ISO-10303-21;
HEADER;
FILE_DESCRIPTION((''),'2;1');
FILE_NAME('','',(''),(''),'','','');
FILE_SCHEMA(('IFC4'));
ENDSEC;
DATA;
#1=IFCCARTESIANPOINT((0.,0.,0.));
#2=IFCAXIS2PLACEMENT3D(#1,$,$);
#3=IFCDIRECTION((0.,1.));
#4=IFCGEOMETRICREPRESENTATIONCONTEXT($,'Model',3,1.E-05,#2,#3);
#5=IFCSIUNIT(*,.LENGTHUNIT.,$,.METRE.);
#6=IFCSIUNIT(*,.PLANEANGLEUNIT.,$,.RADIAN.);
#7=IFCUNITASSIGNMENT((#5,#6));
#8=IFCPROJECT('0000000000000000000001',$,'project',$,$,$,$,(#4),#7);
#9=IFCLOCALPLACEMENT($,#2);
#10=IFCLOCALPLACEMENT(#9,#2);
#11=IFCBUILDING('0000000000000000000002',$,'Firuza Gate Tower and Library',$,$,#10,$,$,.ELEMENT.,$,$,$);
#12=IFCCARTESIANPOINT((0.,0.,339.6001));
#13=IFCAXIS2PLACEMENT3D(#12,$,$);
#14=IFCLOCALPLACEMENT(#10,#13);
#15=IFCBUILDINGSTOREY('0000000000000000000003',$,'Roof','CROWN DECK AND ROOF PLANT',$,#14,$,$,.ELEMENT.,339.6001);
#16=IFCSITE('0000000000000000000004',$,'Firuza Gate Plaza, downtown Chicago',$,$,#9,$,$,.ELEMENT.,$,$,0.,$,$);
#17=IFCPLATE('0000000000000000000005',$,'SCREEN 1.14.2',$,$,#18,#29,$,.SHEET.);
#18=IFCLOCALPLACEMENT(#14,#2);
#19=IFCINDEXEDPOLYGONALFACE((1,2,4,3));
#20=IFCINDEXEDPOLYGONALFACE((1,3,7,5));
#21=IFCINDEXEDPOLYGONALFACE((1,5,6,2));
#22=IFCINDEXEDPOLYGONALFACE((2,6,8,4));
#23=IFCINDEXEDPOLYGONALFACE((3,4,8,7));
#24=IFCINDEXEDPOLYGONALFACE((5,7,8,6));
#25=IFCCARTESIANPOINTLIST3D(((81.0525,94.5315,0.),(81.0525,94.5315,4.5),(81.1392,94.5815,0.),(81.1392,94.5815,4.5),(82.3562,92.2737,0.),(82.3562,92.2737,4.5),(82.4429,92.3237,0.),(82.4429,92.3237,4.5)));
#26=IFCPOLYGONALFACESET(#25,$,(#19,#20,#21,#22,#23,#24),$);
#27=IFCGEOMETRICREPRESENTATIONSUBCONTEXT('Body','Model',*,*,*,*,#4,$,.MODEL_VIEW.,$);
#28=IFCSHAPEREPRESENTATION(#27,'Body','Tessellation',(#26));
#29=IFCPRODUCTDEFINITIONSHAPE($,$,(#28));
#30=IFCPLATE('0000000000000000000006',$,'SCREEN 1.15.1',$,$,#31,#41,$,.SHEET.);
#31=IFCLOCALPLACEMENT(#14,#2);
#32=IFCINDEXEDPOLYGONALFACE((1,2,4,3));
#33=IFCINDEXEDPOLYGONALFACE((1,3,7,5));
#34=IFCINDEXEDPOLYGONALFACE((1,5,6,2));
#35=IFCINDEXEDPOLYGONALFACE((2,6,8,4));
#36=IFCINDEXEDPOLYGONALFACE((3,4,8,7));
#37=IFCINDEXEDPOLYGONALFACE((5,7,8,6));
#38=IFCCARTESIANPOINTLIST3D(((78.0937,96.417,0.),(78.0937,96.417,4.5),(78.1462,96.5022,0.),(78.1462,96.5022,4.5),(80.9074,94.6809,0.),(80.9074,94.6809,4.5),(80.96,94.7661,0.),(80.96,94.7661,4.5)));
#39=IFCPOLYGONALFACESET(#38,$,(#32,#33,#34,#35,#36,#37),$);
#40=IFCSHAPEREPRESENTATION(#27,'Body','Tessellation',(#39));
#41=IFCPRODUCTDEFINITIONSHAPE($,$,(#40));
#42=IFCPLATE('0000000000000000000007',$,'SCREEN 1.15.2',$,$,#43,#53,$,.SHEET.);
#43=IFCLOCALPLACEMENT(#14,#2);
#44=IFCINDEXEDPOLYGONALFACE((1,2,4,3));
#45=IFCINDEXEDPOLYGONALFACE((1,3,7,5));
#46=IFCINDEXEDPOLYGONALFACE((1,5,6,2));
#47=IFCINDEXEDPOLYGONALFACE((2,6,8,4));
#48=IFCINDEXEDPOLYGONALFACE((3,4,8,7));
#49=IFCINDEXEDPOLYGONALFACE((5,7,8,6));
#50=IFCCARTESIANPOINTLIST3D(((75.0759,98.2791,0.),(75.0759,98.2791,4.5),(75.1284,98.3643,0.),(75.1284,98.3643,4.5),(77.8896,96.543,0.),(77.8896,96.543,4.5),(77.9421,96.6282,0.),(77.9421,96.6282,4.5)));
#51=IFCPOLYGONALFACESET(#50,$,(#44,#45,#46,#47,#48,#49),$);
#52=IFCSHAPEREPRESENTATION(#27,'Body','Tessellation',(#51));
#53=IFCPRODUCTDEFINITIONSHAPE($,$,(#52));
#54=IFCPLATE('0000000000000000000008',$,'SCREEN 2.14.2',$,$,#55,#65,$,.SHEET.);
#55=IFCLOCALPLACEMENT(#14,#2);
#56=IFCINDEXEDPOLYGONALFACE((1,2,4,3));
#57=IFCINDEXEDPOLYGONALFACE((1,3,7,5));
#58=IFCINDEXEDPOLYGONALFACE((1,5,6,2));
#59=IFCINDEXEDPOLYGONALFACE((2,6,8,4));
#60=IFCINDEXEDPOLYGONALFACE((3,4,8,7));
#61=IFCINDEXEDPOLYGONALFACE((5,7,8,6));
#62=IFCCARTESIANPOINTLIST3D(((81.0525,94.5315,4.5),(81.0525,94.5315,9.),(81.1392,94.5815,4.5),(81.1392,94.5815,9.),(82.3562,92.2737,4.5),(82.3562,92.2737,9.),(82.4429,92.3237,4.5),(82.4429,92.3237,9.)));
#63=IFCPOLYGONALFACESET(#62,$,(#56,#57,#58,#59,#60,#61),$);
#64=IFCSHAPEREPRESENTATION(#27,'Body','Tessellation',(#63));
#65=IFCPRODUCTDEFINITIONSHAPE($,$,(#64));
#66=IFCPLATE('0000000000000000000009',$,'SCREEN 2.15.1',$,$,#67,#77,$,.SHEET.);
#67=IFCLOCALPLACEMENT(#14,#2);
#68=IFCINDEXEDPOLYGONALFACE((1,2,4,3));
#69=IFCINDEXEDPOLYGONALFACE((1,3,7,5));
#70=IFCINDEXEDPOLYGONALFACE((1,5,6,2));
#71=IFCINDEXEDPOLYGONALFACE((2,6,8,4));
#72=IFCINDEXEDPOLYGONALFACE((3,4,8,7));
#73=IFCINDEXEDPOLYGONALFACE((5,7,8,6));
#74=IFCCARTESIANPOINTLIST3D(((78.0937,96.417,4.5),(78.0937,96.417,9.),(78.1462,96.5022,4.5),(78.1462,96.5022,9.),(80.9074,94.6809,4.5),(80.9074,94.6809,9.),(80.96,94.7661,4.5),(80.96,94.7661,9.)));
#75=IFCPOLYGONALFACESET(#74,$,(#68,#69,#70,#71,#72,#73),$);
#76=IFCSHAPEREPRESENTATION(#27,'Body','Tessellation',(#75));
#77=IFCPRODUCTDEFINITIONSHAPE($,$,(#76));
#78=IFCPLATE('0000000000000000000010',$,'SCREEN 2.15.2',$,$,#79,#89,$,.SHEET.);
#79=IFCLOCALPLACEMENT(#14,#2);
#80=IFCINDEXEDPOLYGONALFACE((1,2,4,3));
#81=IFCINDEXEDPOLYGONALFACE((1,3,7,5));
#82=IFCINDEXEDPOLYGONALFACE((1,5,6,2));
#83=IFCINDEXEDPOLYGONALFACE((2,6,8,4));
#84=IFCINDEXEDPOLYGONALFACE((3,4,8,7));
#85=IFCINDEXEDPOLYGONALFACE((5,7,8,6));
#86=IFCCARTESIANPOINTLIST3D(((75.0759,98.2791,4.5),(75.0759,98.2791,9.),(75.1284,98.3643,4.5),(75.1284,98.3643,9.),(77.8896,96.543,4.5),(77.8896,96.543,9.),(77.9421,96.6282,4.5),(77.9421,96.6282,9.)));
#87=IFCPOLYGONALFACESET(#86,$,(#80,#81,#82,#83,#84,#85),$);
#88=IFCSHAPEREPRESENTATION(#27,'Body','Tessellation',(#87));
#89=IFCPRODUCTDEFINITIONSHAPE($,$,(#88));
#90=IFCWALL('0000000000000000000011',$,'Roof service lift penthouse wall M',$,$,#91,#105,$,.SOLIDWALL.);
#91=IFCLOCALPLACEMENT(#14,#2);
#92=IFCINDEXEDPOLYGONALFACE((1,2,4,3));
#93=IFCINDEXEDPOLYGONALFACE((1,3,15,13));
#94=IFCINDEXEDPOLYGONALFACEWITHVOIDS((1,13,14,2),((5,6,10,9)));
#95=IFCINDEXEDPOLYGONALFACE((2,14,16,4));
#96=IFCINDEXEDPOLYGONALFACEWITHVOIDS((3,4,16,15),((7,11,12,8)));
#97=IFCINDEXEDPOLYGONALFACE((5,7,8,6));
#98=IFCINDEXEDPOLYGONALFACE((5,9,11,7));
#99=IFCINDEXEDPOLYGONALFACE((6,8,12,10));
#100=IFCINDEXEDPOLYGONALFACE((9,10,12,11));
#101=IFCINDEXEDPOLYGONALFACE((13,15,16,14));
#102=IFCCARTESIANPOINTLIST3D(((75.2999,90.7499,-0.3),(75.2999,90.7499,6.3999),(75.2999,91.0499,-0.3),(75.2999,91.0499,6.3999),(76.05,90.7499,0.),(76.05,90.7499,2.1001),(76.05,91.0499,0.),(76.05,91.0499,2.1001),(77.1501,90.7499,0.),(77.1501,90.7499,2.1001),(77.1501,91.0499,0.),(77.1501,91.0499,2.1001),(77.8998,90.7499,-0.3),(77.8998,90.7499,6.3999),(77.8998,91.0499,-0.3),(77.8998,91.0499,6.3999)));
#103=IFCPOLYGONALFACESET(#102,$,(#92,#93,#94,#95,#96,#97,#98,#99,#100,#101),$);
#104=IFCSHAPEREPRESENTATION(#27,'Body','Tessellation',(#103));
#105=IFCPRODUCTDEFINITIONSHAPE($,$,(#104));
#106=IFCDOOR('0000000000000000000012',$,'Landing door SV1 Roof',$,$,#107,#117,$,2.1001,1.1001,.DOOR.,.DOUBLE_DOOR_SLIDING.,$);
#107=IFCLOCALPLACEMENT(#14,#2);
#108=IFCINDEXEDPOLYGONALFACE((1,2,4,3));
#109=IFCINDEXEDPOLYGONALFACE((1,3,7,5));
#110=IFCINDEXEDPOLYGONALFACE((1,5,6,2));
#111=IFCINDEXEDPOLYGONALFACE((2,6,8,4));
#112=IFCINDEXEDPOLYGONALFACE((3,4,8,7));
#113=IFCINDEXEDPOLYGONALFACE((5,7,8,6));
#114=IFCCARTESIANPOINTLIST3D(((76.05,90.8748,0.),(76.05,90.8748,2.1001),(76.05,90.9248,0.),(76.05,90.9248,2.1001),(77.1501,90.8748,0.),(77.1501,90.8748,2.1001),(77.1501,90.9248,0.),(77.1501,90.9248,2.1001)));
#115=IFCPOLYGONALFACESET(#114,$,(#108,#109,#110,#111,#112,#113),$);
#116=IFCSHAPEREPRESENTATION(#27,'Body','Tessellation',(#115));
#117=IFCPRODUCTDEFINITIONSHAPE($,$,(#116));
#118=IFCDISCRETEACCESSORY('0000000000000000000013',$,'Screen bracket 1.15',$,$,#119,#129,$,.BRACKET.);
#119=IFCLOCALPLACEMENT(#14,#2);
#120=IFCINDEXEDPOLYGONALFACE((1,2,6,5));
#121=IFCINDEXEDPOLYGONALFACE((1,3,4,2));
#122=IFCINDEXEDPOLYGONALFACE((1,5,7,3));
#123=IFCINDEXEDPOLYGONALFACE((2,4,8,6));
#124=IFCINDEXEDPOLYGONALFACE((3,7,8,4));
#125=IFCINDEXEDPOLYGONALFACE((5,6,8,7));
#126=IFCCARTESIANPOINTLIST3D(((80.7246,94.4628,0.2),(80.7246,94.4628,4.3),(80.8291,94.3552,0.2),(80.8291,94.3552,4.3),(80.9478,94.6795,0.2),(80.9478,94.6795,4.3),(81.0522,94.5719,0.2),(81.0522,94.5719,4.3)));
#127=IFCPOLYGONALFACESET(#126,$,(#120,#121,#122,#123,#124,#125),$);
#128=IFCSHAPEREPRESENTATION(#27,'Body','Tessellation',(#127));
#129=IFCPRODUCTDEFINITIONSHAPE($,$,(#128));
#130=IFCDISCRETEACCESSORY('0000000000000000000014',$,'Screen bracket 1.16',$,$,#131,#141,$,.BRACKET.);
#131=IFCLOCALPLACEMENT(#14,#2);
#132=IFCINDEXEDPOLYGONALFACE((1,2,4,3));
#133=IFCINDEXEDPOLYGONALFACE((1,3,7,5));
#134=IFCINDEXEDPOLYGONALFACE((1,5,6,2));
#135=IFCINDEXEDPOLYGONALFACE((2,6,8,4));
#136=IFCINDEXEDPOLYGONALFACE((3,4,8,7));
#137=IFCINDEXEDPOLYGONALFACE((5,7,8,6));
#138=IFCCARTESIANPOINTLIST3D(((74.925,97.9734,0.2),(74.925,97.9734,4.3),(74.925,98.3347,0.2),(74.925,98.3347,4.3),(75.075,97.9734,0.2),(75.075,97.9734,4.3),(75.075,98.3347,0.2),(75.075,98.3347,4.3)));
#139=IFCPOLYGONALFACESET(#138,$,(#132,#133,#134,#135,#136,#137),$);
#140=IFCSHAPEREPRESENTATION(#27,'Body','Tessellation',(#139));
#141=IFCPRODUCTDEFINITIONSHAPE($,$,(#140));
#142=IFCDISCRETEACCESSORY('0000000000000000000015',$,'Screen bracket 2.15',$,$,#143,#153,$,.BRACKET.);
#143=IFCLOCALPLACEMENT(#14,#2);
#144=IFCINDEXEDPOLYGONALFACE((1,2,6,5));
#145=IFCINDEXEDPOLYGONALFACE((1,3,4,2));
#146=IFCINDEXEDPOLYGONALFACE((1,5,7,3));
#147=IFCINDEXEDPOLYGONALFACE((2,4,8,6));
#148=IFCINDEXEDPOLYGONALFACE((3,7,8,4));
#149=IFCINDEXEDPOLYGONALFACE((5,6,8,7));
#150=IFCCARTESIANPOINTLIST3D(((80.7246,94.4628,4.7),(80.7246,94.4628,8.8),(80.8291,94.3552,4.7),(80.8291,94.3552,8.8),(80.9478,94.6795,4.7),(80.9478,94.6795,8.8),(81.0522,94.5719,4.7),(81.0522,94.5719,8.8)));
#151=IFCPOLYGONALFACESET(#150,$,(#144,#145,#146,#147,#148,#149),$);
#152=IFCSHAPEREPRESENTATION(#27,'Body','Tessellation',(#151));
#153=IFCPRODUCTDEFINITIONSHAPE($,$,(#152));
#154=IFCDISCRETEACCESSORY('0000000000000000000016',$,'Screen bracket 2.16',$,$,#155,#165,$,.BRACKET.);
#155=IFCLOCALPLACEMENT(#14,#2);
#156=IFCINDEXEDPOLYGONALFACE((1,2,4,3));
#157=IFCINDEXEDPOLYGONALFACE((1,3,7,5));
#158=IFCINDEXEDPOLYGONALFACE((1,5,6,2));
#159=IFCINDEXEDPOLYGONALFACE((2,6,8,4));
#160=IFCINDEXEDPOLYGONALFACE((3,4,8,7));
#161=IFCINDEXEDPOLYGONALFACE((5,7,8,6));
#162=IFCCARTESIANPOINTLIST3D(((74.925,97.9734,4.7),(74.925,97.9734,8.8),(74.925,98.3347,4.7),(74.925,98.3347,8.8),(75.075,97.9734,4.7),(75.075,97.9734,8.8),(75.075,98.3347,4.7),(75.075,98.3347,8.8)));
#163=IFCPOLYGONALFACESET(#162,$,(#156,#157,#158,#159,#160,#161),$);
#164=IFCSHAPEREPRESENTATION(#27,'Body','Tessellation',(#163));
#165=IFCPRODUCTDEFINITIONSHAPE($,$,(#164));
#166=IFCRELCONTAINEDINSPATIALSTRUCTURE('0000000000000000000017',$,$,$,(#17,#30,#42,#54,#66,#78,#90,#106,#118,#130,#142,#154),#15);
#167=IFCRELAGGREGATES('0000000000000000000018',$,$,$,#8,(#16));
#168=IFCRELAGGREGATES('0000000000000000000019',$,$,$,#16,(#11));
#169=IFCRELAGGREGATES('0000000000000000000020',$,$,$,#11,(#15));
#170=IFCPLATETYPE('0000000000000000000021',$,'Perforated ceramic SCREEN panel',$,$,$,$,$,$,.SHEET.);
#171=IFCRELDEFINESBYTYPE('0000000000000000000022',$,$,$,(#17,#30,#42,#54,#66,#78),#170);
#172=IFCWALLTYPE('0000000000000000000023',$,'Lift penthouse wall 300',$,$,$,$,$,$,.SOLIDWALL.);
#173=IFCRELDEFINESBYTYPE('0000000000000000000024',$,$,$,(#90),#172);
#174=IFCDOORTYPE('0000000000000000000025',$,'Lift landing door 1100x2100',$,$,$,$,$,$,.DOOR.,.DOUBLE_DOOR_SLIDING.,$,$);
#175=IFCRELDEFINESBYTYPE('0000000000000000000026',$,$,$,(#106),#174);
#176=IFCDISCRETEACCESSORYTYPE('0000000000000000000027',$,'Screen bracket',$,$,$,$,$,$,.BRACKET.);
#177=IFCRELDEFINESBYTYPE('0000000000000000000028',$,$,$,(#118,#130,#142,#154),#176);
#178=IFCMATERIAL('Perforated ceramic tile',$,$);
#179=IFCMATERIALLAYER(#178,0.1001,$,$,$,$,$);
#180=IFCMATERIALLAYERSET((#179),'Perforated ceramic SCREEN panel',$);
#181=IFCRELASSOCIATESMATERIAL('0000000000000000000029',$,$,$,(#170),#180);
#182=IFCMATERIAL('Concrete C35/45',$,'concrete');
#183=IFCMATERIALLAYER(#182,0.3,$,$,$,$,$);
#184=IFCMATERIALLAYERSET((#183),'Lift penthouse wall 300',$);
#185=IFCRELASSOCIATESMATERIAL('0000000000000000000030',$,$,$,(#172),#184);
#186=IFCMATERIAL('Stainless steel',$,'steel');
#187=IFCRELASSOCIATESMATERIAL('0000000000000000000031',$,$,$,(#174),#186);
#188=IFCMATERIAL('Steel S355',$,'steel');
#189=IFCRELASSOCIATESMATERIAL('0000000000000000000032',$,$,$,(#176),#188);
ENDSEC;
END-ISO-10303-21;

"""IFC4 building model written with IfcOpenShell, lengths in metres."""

from ifc_helpers import new_model, si_unit, direction, frame, frame_2d, origin, origin_2d, place, context, subcontext, project, spatial, polyline, rectangle, outline, extrude, material, layer, layer_set, type_object, element, fill, save


model = new_model("IFC4")

# Units and contexts
model_context = context("Model", 3, precision=1e-05, world=origin(), true_north=direction((0.0, 1.0)))
body_context = subcontext(model_context, "Body", "Model", "MODEL_VIEW")
ifc_project = project(units=[si_unit("LENGTHUNIT", "METRE"), si_unit("PLANEANGLEUNIT", "RADIAN")], contexts=[model_context])

# Site, building, storey
site_placement = place(None, origin())
site = spatial("IfcSite", under=ifc_project, at=site_placement, Name="Firuza Gate Plaza, downtown Chicago", CompositionType="ELEMENT", RefElevation=0.0)
building_placement = place(site_placement, origin())
building = spatial("IfcBuilding", under=site, at=building_placement, Name="Firuza Gate Tower and Library", CompositionType="ELEMENT")
storey_placement = place(building_placement, frame((0.0, 0.0, 339.6001)))
storey = spatial("IfcBuildingStorey", under=building, at=storey_placement, Name="Roof", Description="CROWN DECK AND ROOF PLANT", CompositionType="ELEMENT", Elevation=339.6001)

# Plates
ifc_material_1 = material(Name="Perforated ceramic tile")
ifc_layer_1 = layer(ifc_material_1, 0.1001)
ifc_layer_set_1 = layer_set([ifc_layer_1], Name="Perforated ceramic SCREEN panel")
plate_type = type_object("IfcPlateType", Name="Perforated ceramic SCREEN panel", PredefinedType="SHEET", material=ifc_layer_set_1)
plate_1_placement = place(storey_placement, frame((82.4429, 92.3237, 0.0), z_axis=(0.865998, 0.500047, 0.0), x_axis=(-0.500047, 0.865998, 0.0)))
element("IfcPlate", 1, at=plate_1_placement, inside=storey, type_object=plate_type, Name="SCREEN 1.14.2", PredefinedType="SHEET", context=body_context, shape_type="SweptSolid", body=[
    extrude(outline(polyline([(0.0, 0.0), (2.6072, 0.0), (2.6072, 4.5), (0.0, 4.5), (0.0, 0.0)])), origin(), (0.0, 0.0, -1.0), 0.1001),
])
for number, where, z_axis, x_axis, name in (
    (2, (80.96, 94.7661, 0.0), (0.525098, 0.851042, 0.0), (-0.851042, 0.525098, 0.0), "SCREEN 1.15.1"),
    (3, (77.9421, 96.6282, 0.0), (0.525098, 0.851042, 0.0), (-0.851042, 0.525098, 0.0), "SCREEN 1.15.2"),
):
    element("IfcPlate", number, at=place(storey_placement, frame(where, z_axis=z_axis, x_axis=x_axis)), inside=storey, type_object=plate_type, Name=name, PredefinedType="SHEET", context=body_context, shape_type="SweptSolid", body=[
        extrude(outline(polyline([(0.0, 0.0), (3.3062, 0.0), (3.3062, 4.5), (0.0, 4.5), (0.0, 0.0)])), origin(), (0.0, 0.0, -1.0), 0.1001),
    ])
plate_2_placement = place(storey_placement, frame((82.4429, 92.3237, 4.5), z_axis=(0.865998, 0.500047, 0.0), x_axis=(-0.500047, 0.865998, 0.0)))
element("IfcPlate", 4, at=plate_2_placement, inside=storey, type_object=plate_type, Name="SCREEN 2.14.2", PredefinedType="SHEET", context=body_context, shape_type="SweptSolid", body=[
    extrude(outline(polyline([(0.0, 0.0), (2.6072, 0.0), (2.6072, 4.5), (0.0, 4.5), (0.0, 0.0)])), origin(), (0.0, 0.0, -1.0), 0.1001),
])
for number, where, z_axis, x_axis, name in (
    (5, (80.96, 94.7661, 4.5), (0.525098, 0.851042, 0.0), (-0.851042, 0.525098, 0.0), "SCREEN 2.15.1"),
    (6, (77.9421, 96.6282, 4.5), (0.525098, 0.851042, 0.0), (-0.851042, 0.525098, 0.0), "SCREEN 2.15.2"),
):
    element("IfcPlate", number, at=place(storey_placement, frame(where, z_axis=z_axis, x_axis=x_axis)), inside=storey, type_object=plate_type, Name=name, PredefinedType="SHEET", context=body_context, shape_type="SweptSolid", body=[
        extrude(outline(polyline([(0.0, 0.0), (3.3062, 0.0), (3.3062, 4.5), (0.0, 4.5), (0.0, 0.0)])), origin(), (0.0, 0.0, -1.0), 0.1001),
    ])

# Wall, opening, door
ifc_material_2 = material(Name="Concrete C35/45", Category="concrete")
ifc_layer_2 = layer(ifc_material_2, 0.3)
ifc_layer_set_2 = layer_set([ifc_layer_2], Name="Lift penthouse wall 300")
wall_type = type_object("IfcWallType", Name="Lift penthouse wall 300", PredefinedType="SOLIDWALL", material=ifc_layer_set_2)
wall_placement = place(storey_placement, frame((75.3, 90.8999, -0.3), z_axis=(0.0, 0.0, 1.0), x_axis=(1.0, 0.0, 0.0)))
wall = element("IfcWall", 7, at=wall_placement, inside=storey, type_object=wall_type, Name="Roof service lift penthouse wall M", PredefinedType="SOLIDWALL", context=body_context, shape_type="SweptSolid", body=[
    extrude(rectangle(XDim=2.5999, YDim=0.3, at=frame_2d((1.2998, 0.0))), origin(), (0.0, 0.0, 1.0), 6.7),
])
opening_placement = place(wall_placement, frame((0.75, 0.0, 0.3)))
opening = element("IfcOpeningElement", 8, at=opening_placement, cuts=wall, PredefinedType="OPENING", context=body_context, shape_type="SweptSolid", body=[
    extrude(rectangle(XDim=1.1001, YDim=2.1001, at=frame_2d((0.55, 1.05))), frame((0.0, 0.1602, 0.0), z_axis=(0.0, -1.0, 0.0), x_axis=(1.0, 0.0, 0.0)), (0.0, 0.0, 1.0), 0.3201),
])
ifc_material_3 = material(Name="Stainless steel", Category="steel")
door_type = type_object("IfcDoorType", Name="Lift landing door 1100x2100", OperationType="DOUBLE_DOOR_SLIDING", PredefinedType="DOOR", material=ifc_material_3)
door_placement = place(opening_placement, origin())
door = element("IfcDoor", 9, at=door_placement, inside=storey, type_object=door_type, Name="Landing door SV1 Roof", OperationType="DOUBLE_DOOR_SLIDING", OverallHeight=2.1001, OverallWidth=1.1001, PredefinedType="DOOR", context=body_context, shape_type="SweptSolid", body=[
    extrude(rectangle(XDim=1.1001, YDim=2.1001, at=frame_2d((0.55, 1.05))), frame((0.0, 0.0249, 0.0), z_axis=(0.0, -1.0, 0.0), x_axis=(1.0, 0.0, 0.0)), (0.0, 0.0, 1.0), 0.05),
])
fill(opening, door)

# Discrete accessories
ifc_material_4 = material(Name="Steel S355", Category="steel")
discrete_accessory_type = type_object("IfcDiscreteAccessoryType", Name="Screen bracket", PredefinedType="BRACKET", material=ifc_material_4)
discrete_accessory_1_placement = place(storey_placement, frame((80.8884, 94.5173, 0.2), z_axis=(0.0, 0.0, 1.0), x_axis=(0.717364, 0.696699, 0.0)))
element("IfcDiscreteAccessory", 10, at=discrete_accessory_1_placement, inside=storey, type_object=discrete_accessory_type, Name="Screen bracket 1.15", PredefinedType="BRACKET", context=body_context, shape_type="SweptSolid", body=[
    extrude(rectangle(XDim=0.311, YDim=0.1499, at=origin_2d()), origin(), (0.0, 0.0, 1.0), 4.1001),
])
discrete_accessory_2_placement = place(storey_placement, frame((75.0, 98.1541, 0.2), z_axis=(0.0, 0.0, 1.0), x_axis=(0.0, 1.0, 0.0)))
element("IfcDiscreteAccessory", 11, at=discrete_accessory_2_placement, inside=storey, type_object=discrete_accessory_type, Name="Screen bracket 1.16", PredefinedType="BRACKET", context=body_context, shape_type="SweptSolid", body=[
    extrude(rectangle(XDim=0.3613, YDim=0.1499, at=origin_2d()), origin(), (0.0, 0.0, 1.0), 4.1001),
])
discrete_accessory_3_placement = place(storey_placement, frame((80.8884, 94.5173, 4.7), z_axis=(0.0, 0.0, 1.0), x_axis=(0.717364, 0.696699, 0.0)))
element("IfcDiscreteAccessory", 12, at=discrete_accessory_3_placement, inside=storey, type_object=discrete_accessory_type, Name="Screen bracket 2.15", PredefinedType="BRACKET", context=body_context, shape_type="SweptSolid", body=[
    extrude(rectangle(XDim=0.311, YDim=0.1499, at=origin_2d()), origin(), (0.0, 0.0, 1.0), 4.1001),
])
discrete_accessory_4_placement = place(storey_placement, frame((75.0, 98.1541, 4.7), z_axis=(0.0, 0.0, 1.0), x_axis=(0.0, 1.0, 0.0)))
element("IfcDiscreteAccessory", 13, at=discrete_accessory_4_placement, inside=storey, type_object=discrete_accessory_type, Name="Screen bracket 2.16", PredefinedType="BRACKET", context=body_context, shape_type="SweptSolid", body=[
    extrude(rectangle(XDim=0.3613, YDim=0.1499, at=origin_2d()), origin(), (0.0, 0.0, 1.0), 4.1001),
])

save(model, "model.ifc")
